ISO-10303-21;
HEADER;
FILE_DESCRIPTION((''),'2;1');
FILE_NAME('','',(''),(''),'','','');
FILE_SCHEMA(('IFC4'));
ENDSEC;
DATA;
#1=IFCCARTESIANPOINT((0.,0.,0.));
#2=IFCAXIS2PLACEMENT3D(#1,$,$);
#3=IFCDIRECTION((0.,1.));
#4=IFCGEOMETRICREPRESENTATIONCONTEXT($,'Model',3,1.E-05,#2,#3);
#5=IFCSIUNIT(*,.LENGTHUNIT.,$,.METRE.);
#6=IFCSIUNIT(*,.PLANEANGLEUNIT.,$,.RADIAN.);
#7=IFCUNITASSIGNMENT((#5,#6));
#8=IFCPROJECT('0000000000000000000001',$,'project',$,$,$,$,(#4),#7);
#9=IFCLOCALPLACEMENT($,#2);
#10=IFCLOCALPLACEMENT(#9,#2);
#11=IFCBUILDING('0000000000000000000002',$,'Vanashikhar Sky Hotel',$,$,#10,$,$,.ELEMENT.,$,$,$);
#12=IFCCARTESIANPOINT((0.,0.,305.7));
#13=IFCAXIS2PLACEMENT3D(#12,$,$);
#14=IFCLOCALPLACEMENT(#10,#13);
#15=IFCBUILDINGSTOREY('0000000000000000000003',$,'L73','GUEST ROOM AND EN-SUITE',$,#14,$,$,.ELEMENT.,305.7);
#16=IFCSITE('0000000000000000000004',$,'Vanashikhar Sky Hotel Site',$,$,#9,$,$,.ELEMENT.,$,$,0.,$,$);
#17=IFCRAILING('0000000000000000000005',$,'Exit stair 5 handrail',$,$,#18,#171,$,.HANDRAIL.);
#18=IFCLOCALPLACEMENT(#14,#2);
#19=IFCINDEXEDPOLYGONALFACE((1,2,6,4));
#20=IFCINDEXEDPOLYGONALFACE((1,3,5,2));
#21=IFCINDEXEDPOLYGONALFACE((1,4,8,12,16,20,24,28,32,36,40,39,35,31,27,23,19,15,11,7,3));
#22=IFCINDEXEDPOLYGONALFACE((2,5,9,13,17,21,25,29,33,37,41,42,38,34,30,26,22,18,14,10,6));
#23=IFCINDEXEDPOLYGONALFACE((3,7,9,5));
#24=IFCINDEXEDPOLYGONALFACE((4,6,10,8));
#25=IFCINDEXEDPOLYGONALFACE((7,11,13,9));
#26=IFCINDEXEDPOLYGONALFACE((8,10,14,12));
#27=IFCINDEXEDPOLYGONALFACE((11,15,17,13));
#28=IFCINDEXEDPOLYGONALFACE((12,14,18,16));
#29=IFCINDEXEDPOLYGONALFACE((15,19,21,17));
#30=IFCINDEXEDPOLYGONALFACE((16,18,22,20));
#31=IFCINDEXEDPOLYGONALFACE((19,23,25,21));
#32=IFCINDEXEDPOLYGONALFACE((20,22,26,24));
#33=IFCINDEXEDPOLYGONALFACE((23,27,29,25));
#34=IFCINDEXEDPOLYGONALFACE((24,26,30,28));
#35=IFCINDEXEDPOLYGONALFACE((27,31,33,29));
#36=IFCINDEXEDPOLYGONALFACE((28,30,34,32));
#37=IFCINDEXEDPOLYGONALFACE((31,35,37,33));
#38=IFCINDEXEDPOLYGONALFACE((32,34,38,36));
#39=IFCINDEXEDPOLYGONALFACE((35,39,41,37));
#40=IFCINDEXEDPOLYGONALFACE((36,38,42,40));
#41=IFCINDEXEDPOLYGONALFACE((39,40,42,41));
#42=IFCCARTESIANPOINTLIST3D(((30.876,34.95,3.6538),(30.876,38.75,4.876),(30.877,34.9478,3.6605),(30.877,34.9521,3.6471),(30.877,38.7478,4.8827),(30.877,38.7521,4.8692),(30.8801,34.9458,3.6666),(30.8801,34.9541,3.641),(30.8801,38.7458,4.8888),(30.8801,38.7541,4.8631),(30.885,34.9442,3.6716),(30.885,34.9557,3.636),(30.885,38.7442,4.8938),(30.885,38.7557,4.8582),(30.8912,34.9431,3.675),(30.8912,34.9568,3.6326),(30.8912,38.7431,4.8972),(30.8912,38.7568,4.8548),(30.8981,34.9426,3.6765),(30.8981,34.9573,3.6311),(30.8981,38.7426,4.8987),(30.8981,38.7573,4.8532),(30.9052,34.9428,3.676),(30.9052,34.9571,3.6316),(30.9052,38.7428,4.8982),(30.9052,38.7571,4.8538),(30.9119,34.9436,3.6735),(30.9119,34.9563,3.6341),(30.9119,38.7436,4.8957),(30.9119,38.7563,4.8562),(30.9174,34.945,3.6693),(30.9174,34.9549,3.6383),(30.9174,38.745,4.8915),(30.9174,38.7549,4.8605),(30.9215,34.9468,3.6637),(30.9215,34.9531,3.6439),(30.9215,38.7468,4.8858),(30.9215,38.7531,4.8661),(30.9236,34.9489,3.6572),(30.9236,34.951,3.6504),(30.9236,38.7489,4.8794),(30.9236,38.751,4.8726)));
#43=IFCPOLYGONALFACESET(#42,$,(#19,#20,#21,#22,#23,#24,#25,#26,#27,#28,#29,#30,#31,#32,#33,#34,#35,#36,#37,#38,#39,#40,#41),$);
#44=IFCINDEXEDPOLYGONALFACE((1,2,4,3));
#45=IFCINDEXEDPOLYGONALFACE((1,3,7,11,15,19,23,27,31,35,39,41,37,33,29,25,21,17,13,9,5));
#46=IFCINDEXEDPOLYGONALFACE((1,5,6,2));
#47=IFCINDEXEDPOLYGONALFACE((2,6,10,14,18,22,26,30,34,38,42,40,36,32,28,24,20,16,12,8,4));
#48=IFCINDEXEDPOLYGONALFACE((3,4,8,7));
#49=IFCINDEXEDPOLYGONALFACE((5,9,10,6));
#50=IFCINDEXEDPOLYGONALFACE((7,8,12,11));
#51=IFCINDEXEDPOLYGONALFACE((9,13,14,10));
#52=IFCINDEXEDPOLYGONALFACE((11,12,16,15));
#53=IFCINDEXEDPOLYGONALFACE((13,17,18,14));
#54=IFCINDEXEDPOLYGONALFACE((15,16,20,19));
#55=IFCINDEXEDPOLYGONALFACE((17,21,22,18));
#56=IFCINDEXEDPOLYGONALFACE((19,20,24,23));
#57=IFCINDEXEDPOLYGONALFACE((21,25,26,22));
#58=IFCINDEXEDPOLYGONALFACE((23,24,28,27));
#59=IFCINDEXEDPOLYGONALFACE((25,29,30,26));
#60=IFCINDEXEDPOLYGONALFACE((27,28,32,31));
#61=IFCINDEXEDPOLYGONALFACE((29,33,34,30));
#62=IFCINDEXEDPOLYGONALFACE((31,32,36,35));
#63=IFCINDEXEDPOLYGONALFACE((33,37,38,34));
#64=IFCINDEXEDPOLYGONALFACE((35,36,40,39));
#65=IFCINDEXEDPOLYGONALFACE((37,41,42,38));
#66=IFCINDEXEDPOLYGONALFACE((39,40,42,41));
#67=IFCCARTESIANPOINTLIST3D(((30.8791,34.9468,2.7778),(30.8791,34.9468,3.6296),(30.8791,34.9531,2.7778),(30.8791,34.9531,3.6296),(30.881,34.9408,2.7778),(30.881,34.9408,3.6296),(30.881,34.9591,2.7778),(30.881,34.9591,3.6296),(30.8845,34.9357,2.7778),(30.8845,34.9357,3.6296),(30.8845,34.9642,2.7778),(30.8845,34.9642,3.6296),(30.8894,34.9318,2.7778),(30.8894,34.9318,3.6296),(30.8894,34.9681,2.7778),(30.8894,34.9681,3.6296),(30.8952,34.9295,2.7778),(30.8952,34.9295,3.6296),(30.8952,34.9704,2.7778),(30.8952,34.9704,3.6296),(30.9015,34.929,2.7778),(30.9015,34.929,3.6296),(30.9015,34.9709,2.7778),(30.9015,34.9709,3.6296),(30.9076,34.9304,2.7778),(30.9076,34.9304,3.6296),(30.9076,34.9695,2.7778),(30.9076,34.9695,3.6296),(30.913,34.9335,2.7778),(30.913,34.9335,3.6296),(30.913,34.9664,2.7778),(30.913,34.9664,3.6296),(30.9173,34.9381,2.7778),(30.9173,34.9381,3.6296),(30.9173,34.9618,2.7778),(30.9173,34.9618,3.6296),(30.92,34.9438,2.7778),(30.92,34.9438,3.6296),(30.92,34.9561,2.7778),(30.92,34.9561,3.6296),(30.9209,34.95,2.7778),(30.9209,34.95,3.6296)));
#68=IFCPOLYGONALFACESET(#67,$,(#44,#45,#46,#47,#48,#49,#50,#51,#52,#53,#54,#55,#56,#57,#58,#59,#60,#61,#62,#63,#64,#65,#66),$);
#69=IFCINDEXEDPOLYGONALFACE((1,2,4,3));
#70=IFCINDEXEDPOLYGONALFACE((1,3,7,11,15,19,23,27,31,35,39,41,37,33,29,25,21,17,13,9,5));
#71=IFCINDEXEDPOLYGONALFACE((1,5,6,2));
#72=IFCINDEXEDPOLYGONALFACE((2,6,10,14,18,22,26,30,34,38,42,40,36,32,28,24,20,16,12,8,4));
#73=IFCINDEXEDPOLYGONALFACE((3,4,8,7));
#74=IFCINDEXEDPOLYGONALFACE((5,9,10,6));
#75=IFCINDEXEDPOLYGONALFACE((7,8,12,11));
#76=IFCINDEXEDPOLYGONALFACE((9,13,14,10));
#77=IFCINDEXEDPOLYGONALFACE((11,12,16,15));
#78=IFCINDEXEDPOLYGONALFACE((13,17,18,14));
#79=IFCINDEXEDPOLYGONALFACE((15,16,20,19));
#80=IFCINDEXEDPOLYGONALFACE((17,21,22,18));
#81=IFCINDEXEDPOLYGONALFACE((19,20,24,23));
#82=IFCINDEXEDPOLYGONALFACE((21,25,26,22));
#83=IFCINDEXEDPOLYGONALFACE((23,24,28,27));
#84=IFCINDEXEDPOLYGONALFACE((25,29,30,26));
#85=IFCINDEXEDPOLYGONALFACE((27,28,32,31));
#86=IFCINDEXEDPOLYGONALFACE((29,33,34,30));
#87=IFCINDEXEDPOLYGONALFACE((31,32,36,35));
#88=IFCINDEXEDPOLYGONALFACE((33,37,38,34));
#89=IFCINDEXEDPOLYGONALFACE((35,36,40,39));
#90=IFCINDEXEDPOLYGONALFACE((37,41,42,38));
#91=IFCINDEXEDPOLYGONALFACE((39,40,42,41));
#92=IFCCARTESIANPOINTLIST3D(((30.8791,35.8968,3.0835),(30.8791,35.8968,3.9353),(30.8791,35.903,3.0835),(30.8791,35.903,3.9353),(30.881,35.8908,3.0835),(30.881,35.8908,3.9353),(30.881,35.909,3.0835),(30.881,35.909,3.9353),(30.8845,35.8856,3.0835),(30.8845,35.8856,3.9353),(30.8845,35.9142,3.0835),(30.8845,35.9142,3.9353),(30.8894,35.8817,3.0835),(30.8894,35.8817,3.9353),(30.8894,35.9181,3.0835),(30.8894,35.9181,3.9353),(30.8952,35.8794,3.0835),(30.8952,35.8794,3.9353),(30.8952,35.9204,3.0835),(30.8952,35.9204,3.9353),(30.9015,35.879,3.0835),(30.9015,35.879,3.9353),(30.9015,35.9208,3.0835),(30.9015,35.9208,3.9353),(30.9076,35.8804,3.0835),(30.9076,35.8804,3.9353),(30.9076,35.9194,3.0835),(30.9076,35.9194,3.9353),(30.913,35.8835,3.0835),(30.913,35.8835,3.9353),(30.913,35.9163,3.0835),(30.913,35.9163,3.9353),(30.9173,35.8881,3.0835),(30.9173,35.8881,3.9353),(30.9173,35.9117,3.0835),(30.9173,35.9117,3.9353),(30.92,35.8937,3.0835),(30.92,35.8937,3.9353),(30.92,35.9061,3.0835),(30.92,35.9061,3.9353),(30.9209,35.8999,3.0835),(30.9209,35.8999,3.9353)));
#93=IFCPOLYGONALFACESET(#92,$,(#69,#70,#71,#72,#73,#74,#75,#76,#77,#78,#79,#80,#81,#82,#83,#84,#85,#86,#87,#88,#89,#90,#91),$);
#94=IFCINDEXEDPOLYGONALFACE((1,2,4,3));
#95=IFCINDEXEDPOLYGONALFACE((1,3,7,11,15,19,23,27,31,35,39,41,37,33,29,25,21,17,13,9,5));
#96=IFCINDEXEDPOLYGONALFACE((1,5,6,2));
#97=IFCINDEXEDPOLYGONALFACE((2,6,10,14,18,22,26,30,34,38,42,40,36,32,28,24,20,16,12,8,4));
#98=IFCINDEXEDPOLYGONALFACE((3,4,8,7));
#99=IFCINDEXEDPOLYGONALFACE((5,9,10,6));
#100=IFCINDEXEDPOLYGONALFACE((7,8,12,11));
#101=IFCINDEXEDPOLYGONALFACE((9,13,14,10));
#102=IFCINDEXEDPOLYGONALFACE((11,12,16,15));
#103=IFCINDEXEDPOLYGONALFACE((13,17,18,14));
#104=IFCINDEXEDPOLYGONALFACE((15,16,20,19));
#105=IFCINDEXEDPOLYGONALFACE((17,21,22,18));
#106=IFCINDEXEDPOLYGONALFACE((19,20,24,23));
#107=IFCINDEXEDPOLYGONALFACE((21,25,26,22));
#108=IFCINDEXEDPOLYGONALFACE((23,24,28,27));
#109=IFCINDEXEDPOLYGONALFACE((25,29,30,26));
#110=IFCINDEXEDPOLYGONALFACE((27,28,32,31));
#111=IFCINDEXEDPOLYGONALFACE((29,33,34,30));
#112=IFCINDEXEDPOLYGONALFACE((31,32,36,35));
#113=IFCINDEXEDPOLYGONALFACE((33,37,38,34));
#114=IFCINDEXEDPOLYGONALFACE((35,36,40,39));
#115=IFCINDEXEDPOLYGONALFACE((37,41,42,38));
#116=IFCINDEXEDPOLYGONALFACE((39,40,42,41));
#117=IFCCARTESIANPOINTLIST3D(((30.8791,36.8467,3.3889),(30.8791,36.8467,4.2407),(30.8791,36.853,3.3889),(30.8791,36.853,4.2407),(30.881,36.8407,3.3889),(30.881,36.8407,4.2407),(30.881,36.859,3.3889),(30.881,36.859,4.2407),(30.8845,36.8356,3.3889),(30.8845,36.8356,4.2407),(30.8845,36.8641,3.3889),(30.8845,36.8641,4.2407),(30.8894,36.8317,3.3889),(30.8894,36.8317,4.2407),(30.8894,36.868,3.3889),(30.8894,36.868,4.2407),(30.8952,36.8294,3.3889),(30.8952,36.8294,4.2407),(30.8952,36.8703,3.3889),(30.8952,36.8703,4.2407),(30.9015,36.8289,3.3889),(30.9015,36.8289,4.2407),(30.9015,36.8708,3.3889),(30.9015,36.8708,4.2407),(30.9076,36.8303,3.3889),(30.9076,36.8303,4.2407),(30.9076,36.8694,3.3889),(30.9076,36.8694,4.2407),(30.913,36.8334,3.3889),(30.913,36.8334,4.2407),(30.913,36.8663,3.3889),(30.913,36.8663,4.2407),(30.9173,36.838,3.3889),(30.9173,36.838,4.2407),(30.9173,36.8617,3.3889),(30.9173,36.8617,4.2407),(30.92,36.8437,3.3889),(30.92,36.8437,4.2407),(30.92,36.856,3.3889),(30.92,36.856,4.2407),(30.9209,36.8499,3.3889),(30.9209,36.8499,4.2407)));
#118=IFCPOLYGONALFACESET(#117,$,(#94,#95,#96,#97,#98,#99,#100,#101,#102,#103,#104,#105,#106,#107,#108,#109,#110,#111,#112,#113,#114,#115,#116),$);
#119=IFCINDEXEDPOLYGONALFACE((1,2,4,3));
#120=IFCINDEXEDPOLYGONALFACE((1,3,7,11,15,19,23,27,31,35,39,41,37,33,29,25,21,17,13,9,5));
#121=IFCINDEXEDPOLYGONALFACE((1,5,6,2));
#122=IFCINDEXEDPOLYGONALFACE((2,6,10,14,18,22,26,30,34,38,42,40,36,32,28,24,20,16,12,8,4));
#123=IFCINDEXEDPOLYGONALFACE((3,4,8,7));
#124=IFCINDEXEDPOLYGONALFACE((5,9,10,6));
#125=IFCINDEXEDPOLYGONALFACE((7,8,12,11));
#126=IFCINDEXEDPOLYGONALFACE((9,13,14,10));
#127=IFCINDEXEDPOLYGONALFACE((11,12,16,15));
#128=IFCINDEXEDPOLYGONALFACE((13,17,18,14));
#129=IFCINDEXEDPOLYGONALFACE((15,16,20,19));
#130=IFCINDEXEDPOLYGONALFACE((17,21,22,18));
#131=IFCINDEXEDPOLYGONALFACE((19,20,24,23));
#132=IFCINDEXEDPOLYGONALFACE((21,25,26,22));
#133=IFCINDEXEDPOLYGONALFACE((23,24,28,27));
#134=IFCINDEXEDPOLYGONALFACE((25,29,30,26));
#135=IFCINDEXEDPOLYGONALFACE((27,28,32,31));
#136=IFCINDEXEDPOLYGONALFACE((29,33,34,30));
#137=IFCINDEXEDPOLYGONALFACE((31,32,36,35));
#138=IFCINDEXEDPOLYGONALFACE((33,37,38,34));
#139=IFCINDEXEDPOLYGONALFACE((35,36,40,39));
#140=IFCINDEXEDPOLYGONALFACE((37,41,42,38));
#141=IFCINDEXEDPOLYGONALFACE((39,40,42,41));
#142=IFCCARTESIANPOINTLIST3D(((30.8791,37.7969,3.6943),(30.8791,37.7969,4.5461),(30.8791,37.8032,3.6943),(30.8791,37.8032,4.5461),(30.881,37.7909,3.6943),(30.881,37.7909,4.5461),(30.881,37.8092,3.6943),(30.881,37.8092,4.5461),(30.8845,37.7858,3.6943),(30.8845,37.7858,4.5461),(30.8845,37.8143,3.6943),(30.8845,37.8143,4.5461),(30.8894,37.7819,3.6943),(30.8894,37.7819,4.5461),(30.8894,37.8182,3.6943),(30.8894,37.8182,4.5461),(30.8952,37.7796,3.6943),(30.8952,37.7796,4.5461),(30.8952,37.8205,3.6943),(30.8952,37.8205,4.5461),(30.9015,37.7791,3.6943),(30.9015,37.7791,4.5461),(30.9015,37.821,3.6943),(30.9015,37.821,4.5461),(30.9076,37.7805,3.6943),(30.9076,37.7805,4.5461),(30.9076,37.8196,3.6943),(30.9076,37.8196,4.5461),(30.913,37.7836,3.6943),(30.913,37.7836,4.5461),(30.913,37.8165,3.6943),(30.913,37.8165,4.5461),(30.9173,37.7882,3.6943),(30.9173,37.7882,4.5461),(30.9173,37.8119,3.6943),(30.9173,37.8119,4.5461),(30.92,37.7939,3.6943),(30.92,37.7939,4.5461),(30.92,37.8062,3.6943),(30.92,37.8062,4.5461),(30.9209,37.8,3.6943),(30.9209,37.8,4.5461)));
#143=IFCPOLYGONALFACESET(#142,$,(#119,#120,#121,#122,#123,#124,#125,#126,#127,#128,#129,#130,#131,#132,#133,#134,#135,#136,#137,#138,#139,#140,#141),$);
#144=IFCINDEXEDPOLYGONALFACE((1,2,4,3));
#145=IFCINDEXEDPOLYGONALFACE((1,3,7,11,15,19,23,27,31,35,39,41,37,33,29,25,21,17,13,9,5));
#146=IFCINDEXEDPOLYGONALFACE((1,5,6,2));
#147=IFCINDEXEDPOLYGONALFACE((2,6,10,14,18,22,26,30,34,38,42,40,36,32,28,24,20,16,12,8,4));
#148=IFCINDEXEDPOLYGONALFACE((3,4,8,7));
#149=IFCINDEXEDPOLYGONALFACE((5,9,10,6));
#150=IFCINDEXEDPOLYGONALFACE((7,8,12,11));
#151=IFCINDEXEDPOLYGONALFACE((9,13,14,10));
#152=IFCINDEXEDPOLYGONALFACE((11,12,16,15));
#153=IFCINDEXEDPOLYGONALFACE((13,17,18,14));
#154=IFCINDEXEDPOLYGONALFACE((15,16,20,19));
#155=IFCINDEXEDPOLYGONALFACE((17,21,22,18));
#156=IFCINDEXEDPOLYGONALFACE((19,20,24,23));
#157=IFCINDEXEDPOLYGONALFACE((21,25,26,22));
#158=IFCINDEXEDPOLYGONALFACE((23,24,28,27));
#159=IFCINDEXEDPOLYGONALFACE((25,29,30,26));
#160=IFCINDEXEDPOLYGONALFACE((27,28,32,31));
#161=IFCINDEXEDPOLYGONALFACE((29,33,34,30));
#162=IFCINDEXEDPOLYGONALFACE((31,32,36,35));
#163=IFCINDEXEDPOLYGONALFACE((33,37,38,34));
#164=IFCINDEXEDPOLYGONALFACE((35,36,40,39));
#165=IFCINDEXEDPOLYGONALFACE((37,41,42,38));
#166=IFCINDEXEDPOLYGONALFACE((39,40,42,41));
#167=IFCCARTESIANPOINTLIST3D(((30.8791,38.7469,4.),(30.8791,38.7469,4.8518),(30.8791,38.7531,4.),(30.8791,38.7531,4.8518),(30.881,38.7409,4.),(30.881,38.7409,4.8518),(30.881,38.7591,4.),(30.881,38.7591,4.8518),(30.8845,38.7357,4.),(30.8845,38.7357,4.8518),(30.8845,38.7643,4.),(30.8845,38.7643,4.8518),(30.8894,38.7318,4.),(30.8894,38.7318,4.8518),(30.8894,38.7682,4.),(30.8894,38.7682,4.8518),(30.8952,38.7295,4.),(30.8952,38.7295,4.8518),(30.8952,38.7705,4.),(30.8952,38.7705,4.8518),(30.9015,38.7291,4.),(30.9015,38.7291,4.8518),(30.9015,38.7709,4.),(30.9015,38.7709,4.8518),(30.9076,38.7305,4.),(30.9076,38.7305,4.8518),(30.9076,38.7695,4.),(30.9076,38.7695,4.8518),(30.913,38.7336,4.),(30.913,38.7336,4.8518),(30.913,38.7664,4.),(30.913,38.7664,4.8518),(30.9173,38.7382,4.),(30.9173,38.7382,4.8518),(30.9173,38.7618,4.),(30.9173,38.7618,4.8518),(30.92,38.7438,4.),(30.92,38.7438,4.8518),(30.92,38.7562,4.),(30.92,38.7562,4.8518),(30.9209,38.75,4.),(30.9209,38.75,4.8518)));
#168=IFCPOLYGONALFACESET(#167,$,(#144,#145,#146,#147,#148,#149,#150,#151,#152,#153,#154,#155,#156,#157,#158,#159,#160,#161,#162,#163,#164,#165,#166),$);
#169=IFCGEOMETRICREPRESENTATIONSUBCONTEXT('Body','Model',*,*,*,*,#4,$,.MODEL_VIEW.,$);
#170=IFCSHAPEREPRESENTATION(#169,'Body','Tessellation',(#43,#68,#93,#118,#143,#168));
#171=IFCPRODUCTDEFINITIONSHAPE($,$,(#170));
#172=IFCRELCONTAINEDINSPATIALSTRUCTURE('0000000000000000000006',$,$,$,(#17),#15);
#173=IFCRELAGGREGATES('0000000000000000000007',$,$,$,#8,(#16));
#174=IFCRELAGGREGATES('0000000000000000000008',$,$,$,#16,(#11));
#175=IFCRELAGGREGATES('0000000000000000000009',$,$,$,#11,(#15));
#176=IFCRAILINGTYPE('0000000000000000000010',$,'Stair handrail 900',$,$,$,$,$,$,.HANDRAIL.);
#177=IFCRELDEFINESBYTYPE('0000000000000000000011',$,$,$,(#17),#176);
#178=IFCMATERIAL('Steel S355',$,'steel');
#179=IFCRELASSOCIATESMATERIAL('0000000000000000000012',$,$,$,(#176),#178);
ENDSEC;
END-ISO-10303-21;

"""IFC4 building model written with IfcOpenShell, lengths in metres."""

from ifc_helpers import new_model, si_unit, direction, frame, origin, origin_2d, place, context, subcontext, project, spatial, circle, extrude, source, transform, mapped, material, type_object, element, save


model = new_model("IFC4")

# Units and contexts
model_context = context("Model", 3, precision=1e-05, world=origin(), true_north=direction((0.0, 1.0)))
body_context = subcontext(model_context, "Body", "Model", "MODEL_VIEW")
ifc_project = project(units=[si_unit("LENGTHUNIT", "METRE"), si_unit("PLANEANGLEUNIT", "RADIAN")], contexts=[model_context])

# Site, building, storey
site_placement = place(None, origin())
site = spatial("IfcSite", under=ifc_project, at=site_placement, Name="Vanashikhar Sky Hotel Site", CompositionType="ELEMENT", RefElevation=0.0)
building_placement = place(site_placement, origin())
building = spatial("IfcBuilding", under=site, at=building_placement, Name="Vanashikhar Sky Hotel", CompositionType="ELEMENT")
storey_placement = place(building_placement, frame((0.0, 0.0, 305.7)))
storey = spatial("IfcBuildingStorey", under=building, at=storey_placement, Name="L73", Description="GUEST ROOM AND EN-SUITE", CompositionType="ELEMENT", Elevation=305.7)

# Railing
ifc_material_1 = material(Name="Steel S355", Category="steel")
railing_type_1 = type_object("IfcRailingType", Name="Stair handrail 900", PredefinedType="HANDRAIL", material=ifc_material_1)
shared_shape_1 = source(origin(), body_context, "Body", "SweptSolid", [
    extrude(circle(Radius=0.0239, at=origin_2d()), frame((0.0, 0.0, 0.876), z_axis=(0.0, 0.951976, 0.306173), x_axis=(-1.0, 0.0, 0.0)), (0.0, 0.0, 1.0), 3.9917),
    extrude(circle(Radius=0.021, at=origin_2d()), origin(), (0.0, 0.0, 1.0), 0.8518),
    extrude(circle(Radius=0.021, at=origin_2d()), frame((0.0, 0.95, 0.3057)), (0.0, 0.0, 1.0), 0.8518),
    extrude(circle(Radius=0.021, at=origin_2d()), frame((0.0, 1.8999, 0.6111)), (0.0, 0.0, 1.0), 0.8518),
    extrude(circle(Radius=0.021, at=origin_2d()), frame((0.0, 2.8501, 0.9165)), (0.0, 0.0, 1.0), 0.8518),
    extrude(circle(Radius=0.021, at=origin_2d()), frame((0.0, 3.8, 1.2222)), (0.0, 0.0, 1.0), 0.8518),
])
railing_1_placement = place(storey_placement, frame((30.8999, 34.95, 2.7778)))
element("IfcRailing", 1, at=railing_1_placement, inside=storey, type_object=railing_type_1, Name="Exit stair 5 handrail", PredefinedType="HANDRAIL", context=body_context, shape_type="MappedRepresentation", body=[
    mapped(shared_shape_1, transform((0.0, 0.0, 0.0), scale=1.0)),
])

save(model, "model.ifc")
